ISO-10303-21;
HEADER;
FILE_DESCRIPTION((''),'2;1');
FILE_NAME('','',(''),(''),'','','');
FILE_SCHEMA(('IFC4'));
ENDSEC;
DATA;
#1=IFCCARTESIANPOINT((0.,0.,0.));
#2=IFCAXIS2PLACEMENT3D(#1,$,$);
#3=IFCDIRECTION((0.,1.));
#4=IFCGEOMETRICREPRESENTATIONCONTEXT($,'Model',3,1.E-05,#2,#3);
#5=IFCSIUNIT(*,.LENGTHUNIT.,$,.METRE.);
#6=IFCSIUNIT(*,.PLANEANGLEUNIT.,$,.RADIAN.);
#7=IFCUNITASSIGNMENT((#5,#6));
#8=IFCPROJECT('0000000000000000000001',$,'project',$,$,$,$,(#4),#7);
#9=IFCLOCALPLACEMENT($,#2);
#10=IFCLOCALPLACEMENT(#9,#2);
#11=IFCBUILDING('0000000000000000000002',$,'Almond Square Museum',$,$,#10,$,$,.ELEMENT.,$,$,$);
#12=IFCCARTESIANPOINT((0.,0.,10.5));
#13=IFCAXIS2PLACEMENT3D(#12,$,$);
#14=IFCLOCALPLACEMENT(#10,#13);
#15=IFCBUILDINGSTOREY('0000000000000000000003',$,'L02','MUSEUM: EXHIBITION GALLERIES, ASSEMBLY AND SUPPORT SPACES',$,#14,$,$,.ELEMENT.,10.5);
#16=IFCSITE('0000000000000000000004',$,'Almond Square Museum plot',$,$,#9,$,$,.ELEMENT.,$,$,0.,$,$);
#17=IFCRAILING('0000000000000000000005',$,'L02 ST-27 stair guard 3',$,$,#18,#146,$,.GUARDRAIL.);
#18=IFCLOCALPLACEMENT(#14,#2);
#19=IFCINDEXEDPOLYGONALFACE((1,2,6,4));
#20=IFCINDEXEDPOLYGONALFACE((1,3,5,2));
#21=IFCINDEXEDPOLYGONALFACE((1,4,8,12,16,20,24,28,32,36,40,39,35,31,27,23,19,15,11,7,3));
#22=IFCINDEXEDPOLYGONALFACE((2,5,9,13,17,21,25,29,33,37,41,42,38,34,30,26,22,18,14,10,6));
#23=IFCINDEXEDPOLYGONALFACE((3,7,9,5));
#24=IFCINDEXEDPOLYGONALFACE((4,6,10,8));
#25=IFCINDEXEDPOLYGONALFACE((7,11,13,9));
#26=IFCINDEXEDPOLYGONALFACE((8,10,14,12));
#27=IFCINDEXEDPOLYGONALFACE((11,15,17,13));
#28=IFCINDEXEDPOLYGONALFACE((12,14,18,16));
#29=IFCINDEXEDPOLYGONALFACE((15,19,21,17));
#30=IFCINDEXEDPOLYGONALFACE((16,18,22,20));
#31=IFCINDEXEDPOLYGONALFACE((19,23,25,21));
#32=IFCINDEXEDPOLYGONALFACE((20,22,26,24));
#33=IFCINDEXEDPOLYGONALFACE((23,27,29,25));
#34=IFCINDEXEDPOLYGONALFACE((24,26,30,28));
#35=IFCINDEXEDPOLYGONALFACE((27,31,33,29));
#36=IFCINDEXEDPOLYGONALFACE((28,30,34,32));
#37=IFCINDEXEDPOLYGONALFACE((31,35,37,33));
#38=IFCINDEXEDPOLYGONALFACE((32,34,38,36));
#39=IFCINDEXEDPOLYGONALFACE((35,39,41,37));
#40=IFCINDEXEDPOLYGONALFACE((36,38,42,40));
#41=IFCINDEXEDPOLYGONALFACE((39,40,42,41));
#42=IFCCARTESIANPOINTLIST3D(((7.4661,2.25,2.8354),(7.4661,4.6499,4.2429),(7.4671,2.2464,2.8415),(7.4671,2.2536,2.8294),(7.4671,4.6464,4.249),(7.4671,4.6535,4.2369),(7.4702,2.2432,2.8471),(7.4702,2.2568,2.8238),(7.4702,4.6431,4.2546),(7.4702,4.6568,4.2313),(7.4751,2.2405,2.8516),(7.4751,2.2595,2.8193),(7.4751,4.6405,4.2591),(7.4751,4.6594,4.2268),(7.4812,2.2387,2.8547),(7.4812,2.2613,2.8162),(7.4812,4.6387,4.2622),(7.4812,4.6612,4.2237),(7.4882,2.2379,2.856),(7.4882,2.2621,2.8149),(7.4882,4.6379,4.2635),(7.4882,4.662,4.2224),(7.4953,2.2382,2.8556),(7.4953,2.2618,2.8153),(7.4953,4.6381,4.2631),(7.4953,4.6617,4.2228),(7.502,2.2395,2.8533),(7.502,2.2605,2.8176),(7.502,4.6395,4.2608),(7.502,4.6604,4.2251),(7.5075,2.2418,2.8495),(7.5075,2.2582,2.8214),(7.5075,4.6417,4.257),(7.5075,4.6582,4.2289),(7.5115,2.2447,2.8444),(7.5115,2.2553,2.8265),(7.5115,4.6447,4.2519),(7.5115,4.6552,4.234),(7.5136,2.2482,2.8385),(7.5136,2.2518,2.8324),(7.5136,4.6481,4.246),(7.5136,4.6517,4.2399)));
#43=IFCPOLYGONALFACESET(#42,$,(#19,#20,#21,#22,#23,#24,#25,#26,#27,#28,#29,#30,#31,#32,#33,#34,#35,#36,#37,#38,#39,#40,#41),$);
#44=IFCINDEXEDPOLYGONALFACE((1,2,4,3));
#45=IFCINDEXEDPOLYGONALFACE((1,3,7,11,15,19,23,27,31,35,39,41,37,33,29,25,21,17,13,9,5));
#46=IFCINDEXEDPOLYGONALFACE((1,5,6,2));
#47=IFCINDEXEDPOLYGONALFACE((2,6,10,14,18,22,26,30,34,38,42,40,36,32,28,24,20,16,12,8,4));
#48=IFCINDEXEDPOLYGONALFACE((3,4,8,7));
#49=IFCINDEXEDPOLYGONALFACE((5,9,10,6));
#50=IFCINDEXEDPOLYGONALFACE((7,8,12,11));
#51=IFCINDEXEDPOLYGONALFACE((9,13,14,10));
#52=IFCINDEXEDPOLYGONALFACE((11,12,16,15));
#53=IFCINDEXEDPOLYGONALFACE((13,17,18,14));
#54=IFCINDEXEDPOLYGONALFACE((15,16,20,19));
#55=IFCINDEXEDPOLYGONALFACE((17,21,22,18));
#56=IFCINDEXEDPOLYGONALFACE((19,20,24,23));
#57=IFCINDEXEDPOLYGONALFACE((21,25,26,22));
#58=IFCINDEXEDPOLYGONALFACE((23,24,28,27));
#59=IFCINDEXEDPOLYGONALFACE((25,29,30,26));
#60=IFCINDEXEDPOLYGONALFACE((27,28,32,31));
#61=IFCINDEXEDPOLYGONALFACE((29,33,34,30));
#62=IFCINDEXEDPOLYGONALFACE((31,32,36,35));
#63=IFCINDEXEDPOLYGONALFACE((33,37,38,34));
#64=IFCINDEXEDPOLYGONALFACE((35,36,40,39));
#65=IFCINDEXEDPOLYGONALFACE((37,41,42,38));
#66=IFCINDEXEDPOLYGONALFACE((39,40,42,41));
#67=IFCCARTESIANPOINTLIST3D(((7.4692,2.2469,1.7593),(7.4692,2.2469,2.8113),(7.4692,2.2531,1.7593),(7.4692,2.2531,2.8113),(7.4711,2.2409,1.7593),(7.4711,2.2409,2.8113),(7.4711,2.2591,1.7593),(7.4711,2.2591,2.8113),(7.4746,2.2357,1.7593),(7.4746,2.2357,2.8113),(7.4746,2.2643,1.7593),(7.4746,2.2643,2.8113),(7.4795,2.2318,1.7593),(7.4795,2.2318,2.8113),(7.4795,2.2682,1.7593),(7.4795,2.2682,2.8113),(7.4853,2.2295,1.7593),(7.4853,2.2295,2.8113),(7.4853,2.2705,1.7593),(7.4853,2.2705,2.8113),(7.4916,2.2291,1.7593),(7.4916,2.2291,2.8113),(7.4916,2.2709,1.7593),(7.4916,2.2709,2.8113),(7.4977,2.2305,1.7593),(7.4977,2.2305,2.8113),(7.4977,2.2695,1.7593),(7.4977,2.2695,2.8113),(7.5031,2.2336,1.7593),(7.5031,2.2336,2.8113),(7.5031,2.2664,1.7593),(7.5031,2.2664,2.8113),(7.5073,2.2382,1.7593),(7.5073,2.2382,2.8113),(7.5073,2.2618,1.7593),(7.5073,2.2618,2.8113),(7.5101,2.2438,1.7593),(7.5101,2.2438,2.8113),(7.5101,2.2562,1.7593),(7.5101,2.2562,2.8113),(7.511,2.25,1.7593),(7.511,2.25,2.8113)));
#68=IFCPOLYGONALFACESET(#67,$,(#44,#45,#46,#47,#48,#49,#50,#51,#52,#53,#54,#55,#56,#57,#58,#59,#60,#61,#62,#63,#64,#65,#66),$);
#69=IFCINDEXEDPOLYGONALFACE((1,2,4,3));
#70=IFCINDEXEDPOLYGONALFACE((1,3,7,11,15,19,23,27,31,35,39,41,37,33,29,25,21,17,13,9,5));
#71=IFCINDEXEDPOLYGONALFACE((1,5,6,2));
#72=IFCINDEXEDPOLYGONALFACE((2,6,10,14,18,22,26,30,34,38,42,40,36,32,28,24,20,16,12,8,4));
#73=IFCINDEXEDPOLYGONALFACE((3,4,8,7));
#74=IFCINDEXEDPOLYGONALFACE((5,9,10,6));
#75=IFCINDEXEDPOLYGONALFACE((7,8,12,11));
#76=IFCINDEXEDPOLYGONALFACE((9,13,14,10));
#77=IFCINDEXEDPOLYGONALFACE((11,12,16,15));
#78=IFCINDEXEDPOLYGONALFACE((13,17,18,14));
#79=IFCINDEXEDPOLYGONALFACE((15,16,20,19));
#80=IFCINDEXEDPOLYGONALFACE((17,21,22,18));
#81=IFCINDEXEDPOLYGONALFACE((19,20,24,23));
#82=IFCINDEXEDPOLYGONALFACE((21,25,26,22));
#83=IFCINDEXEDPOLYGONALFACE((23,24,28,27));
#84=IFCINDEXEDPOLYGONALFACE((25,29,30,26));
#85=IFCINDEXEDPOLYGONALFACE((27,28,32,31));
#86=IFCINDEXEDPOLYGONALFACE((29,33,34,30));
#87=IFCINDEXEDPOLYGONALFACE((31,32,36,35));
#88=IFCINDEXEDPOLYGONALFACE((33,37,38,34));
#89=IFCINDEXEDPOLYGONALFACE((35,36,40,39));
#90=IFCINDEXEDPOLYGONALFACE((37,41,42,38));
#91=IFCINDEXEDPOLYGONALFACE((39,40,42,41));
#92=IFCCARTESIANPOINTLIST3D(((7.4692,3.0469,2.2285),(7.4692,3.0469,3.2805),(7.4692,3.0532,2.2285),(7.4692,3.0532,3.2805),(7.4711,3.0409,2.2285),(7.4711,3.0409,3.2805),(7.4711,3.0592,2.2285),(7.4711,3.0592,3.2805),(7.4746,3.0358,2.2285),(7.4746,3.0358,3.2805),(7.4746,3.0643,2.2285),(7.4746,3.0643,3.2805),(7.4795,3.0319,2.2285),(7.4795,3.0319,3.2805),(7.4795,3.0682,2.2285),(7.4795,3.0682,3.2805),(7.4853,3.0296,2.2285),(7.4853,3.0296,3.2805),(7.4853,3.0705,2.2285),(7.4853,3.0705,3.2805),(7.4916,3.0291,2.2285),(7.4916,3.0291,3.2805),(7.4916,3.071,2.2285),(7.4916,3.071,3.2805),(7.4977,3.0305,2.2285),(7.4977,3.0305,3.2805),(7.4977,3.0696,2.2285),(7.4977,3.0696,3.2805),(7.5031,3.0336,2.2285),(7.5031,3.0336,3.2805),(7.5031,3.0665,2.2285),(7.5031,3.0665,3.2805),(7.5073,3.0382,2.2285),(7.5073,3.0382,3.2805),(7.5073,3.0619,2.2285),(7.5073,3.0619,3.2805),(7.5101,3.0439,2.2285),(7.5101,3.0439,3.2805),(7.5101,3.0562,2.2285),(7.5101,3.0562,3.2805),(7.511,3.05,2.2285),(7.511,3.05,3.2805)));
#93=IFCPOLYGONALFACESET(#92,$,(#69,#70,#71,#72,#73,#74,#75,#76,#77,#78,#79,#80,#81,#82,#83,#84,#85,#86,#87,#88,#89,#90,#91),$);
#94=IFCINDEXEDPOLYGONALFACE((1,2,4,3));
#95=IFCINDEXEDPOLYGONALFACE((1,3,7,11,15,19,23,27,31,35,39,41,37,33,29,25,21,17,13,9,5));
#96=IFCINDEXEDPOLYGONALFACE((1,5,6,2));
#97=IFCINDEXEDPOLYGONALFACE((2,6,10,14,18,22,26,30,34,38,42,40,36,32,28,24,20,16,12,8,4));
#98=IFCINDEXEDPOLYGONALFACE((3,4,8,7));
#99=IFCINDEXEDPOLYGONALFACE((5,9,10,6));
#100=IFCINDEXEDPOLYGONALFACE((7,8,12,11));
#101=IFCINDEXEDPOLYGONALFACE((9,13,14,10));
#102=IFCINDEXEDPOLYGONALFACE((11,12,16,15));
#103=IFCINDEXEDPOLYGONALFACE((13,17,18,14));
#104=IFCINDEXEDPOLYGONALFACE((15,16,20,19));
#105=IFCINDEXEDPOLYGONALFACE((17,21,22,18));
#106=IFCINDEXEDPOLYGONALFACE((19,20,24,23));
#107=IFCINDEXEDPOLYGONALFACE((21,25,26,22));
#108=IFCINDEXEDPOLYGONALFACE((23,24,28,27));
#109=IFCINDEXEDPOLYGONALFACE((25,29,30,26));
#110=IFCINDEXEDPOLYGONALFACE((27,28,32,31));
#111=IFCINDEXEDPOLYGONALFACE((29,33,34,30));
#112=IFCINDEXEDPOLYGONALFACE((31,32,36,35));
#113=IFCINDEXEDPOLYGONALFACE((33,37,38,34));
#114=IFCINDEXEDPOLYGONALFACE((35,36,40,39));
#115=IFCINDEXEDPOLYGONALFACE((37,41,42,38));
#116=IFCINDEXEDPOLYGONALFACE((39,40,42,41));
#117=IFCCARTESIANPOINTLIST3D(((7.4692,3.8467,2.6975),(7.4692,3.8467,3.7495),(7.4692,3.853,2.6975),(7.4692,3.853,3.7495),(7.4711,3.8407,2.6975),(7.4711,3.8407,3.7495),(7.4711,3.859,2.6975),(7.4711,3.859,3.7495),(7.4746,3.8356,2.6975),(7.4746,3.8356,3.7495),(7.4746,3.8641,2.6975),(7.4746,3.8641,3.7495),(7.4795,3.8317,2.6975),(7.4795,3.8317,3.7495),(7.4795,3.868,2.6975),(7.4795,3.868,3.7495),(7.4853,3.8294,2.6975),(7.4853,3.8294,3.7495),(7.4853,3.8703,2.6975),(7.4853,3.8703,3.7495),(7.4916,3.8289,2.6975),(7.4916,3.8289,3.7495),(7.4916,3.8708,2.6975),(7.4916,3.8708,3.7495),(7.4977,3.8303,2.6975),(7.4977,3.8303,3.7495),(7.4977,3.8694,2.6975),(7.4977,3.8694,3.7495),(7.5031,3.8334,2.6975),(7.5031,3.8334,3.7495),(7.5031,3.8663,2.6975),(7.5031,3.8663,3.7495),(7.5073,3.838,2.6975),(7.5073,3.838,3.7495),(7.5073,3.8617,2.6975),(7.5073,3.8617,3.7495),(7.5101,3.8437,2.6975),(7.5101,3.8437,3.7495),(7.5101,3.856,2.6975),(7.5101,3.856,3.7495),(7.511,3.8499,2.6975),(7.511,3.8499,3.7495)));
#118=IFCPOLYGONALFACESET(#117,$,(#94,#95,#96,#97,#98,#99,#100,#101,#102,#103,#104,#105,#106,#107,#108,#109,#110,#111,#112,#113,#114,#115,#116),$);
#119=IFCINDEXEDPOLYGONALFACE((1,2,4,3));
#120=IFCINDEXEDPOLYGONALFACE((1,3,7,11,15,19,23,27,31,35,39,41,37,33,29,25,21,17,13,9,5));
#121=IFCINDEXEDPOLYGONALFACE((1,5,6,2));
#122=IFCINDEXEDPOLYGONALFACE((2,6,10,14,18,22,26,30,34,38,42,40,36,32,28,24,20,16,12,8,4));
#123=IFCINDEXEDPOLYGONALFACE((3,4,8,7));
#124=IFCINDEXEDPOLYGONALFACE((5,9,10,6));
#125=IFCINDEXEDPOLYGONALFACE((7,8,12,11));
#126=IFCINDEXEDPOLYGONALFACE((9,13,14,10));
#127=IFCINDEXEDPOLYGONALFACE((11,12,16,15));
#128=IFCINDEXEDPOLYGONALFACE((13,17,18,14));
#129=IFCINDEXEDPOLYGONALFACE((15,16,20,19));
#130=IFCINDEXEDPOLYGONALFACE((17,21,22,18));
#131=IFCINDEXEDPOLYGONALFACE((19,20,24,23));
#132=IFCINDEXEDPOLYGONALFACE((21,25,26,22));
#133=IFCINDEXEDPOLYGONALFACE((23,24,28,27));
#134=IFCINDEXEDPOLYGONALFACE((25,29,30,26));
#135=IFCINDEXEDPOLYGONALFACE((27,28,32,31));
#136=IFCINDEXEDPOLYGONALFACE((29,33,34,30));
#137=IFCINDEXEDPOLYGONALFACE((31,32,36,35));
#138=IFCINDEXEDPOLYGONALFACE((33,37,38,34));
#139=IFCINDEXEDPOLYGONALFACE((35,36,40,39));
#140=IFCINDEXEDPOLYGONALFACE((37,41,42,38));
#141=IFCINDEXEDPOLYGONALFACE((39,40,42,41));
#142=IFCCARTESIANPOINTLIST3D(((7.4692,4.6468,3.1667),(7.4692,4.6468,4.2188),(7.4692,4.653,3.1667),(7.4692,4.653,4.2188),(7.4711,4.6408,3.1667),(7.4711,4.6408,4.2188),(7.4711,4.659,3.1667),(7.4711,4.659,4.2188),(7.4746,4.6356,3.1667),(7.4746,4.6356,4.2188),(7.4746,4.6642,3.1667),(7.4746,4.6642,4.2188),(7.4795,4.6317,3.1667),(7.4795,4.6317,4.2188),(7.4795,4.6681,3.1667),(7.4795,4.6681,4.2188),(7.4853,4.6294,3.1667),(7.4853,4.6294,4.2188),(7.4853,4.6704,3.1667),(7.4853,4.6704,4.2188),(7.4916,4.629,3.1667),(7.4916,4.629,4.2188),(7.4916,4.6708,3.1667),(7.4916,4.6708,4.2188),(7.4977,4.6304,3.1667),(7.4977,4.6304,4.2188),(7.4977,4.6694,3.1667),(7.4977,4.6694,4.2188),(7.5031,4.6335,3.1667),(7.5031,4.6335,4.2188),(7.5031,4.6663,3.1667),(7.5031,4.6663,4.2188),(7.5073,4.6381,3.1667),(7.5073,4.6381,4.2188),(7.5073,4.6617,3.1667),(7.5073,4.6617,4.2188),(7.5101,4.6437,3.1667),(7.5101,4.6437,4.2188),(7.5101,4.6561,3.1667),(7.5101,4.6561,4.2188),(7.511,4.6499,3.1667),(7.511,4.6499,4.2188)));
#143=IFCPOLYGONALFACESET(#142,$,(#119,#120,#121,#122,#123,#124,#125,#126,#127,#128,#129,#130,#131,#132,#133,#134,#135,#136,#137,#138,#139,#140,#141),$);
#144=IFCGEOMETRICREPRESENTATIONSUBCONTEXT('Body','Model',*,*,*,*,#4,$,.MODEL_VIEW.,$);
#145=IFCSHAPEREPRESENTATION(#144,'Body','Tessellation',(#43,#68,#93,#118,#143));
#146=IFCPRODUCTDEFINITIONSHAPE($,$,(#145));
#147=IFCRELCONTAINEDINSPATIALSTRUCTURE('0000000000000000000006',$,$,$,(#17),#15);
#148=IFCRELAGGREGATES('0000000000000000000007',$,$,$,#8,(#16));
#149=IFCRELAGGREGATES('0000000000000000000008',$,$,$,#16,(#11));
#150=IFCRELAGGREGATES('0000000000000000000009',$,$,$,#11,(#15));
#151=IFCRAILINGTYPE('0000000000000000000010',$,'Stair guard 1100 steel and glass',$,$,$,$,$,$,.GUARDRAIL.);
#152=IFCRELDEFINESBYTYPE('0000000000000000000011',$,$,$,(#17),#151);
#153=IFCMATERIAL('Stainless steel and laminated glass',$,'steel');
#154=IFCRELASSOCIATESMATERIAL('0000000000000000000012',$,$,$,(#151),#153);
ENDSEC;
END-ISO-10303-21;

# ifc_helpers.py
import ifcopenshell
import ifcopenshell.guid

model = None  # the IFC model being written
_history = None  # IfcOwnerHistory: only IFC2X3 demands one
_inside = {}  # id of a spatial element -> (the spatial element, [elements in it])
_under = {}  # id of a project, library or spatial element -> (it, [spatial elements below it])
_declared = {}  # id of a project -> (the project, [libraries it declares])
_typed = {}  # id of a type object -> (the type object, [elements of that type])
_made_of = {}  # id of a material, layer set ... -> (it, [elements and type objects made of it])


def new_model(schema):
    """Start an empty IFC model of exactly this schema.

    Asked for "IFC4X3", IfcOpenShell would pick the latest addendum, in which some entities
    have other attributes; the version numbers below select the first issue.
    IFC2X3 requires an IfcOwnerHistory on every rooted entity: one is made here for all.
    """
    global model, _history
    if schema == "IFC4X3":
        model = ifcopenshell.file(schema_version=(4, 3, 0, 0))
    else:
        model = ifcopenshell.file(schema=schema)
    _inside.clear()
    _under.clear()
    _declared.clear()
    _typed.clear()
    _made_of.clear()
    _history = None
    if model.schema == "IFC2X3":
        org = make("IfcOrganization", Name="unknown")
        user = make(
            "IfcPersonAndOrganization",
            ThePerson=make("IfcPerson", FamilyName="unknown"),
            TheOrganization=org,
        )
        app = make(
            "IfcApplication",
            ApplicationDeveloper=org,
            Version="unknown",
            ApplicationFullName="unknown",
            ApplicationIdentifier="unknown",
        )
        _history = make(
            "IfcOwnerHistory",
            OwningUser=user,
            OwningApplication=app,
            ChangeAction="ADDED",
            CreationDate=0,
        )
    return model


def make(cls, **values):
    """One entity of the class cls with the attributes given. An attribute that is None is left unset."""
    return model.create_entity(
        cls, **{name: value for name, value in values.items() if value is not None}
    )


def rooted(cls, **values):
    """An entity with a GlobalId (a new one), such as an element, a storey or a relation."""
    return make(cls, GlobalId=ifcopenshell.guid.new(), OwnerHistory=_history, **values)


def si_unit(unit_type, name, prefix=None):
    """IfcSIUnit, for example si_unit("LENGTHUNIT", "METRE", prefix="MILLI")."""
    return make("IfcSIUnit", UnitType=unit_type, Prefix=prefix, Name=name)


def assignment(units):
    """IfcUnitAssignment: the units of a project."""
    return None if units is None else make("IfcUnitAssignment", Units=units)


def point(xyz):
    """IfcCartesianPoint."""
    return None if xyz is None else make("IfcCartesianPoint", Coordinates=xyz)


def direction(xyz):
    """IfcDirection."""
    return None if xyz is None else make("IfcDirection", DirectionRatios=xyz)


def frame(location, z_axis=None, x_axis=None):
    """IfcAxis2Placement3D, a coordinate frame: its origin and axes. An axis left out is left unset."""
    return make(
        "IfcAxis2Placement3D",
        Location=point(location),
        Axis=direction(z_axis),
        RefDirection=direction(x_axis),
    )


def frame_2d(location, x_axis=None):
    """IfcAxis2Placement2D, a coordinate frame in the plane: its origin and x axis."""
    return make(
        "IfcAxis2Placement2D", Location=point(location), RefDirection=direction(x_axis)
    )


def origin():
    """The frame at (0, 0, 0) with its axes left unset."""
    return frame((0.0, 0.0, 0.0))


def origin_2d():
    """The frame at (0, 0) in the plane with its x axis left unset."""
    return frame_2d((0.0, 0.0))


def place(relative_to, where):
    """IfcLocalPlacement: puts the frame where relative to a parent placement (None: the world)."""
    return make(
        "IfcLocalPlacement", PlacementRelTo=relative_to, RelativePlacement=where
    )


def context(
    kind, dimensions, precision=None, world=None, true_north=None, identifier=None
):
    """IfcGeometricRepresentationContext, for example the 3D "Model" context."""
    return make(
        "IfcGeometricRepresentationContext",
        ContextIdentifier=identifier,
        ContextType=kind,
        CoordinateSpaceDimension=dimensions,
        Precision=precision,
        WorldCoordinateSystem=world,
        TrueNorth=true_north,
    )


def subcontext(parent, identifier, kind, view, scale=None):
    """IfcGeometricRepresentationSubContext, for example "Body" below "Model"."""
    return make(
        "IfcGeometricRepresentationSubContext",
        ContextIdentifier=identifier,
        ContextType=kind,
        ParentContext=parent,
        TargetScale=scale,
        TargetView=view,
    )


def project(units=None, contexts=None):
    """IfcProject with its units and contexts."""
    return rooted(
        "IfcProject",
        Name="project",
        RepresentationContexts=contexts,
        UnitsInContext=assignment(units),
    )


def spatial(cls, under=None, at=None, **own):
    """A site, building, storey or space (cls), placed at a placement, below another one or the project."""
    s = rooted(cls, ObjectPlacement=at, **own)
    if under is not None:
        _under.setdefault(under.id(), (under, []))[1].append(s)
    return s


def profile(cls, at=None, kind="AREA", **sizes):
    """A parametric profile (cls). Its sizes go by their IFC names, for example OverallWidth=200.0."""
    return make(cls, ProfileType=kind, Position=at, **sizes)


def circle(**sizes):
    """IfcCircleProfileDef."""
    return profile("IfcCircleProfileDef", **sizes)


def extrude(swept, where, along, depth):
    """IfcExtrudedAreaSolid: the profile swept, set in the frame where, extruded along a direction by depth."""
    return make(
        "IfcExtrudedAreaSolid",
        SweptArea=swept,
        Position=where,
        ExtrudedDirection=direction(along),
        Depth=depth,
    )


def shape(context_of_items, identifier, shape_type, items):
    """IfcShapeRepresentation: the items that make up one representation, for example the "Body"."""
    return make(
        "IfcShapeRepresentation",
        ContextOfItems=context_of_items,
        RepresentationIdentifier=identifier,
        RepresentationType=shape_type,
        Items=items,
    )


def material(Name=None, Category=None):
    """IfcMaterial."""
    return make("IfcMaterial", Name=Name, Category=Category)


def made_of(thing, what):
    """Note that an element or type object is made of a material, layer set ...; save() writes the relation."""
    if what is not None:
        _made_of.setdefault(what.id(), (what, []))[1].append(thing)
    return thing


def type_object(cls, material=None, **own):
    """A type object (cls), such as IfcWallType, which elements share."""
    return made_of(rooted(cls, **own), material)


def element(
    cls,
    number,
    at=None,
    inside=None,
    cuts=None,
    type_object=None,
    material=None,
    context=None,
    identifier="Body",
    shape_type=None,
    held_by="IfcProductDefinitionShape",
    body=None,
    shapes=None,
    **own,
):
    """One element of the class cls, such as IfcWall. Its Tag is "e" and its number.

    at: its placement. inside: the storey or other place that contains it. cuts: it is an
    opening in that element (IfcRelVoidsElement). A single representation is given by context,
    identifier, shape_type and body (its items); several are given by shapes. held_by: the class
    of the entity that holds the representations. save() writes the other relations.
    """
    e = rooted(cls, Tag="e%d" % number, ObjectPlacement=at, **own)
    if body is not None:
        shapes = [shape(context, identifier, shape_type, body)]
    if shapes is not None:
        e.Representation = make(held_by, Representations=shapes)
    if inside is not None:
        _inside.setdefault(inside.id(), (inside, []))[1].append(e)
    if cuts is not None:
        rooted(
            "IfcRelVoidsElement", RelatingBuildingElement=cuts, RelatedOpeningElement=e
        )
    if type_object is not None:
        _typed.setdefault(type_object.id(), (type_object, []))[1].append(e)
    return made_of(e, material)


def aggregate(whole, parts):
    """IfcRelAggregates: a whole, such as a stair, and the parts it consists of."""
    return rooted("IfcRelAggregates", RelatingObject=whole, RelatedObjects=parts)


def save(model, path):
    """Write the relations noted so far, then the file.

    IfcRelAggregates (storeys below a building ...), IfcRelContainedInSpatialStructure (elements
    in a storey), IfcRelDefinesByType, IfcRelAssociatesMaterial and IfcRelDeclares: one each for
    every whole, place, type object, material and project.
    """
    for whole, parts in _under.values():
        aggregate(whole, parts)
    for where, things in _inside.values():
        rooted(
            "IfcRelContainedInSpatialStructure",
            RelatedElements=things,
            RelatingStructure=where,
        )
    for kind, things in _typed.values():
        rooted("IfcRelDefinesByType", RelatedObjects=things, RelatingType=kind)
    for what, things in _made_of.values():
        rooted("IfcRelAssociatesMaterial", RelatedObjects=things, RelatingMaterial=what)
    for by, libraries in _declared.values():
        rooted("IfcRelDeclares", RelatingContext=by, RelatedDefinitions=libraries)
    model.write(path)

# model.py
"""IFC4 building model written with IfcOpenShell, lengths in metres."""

from ifc_helpers import new_model, si_unit, direction, frame, origin, origin_2d, place, context, subcontext, project, spatial, circle, extrude, material, type_object, element, save


model = new_model("IFC4")

# Units and contexts
model_context = context("Model", 3, precision=1e-05, world=origin(), true_north=direction((0.0, 1.0)))
body_context = subcontext(model_context, "Body", "Model", "MODEL_VIEW")
ifc_project = project(units=[si_unit("LENGTHUNIT", "METRE"), si_unit("PLANEANGLEUNIT", "RADIAN")], contexts=[model_context])

# Site, building, storey
site_placement = place(None, origin())
site = spatial("IfcSite", under=ifc_project, at=site_placement, Name="Almond Square Museum plot", CompositionType="ELEMENT", RefElevation=0.0)
building_placement = place(site_placement, origin())
building = spatial("IfcBuilding", under=site, at=building_placement, Name="Almond Square Museum", CompositionType="ELEMENT")
storey_placement = place(building_placement, frame((0.0, 0.0, 10.5)))
storey = spatial("IfcBuildingStorey", under=building, at=storey_placement, Name="L02", Description="MUSEUM: EXHIBITION GALLERIES, ASSEMBLY AND SUPPORT SPACES", CompositionType="ELEMENT", Elevation=10.5)

# Railing
ifc_material_1 = material(Name="Stainless steel and laminated glass", Category="steel")
railing_type_1 = type_object("IfcRailingType", Name="Stair guard 1100 steel and glass", PredefinedType="GUARDRAIL", material=ifc_material_1)
railing_1_placement = place(storey_placement, frame((7.49, 2.25, 1.7593)))
element("IfcRailing", 1, at=railing_1_placement, inside=storey, type_object=railing_type_1, Name="L02 ST-27 stair guard 3", PredefinedType="GUARDRAIL", context=body_context, shape_type="SweptSolid", body=[
    extrude(circle(Radius=0.0239, at=origin_2d()), frame((0.0, 0.0, 1.0762), z_axis=(0.0, 0.862599, 0.505888), x_axis=(-1.0, 0.0, 0.0)), (0.0, 0.0, 1.0), 2.7822),
    extrude(circle(Radius=0.021, at=origin_2d()), origin(), (0.0, 0.0, 1.0), 1.052),
    extrude(circle(Radius=0.021, at=origin_2d()), frame((0.0, 0.8, 0.4692)), (0.0, 0.0, 1.0), 1.052),
    extrude(circle(Radius=0.021, at=origin_2d()), frame((0.0, 1.5999, 0.9382)), (0.0, 0.0, 1.0), 1.052),
    extrude(circle(Radius=0.021, at=origin_2d()), frame((0.0, 2.3999, 1.4075)), (0.0, 0.0, 1.0), 1.052),
])

save(model, "model.ifc")
